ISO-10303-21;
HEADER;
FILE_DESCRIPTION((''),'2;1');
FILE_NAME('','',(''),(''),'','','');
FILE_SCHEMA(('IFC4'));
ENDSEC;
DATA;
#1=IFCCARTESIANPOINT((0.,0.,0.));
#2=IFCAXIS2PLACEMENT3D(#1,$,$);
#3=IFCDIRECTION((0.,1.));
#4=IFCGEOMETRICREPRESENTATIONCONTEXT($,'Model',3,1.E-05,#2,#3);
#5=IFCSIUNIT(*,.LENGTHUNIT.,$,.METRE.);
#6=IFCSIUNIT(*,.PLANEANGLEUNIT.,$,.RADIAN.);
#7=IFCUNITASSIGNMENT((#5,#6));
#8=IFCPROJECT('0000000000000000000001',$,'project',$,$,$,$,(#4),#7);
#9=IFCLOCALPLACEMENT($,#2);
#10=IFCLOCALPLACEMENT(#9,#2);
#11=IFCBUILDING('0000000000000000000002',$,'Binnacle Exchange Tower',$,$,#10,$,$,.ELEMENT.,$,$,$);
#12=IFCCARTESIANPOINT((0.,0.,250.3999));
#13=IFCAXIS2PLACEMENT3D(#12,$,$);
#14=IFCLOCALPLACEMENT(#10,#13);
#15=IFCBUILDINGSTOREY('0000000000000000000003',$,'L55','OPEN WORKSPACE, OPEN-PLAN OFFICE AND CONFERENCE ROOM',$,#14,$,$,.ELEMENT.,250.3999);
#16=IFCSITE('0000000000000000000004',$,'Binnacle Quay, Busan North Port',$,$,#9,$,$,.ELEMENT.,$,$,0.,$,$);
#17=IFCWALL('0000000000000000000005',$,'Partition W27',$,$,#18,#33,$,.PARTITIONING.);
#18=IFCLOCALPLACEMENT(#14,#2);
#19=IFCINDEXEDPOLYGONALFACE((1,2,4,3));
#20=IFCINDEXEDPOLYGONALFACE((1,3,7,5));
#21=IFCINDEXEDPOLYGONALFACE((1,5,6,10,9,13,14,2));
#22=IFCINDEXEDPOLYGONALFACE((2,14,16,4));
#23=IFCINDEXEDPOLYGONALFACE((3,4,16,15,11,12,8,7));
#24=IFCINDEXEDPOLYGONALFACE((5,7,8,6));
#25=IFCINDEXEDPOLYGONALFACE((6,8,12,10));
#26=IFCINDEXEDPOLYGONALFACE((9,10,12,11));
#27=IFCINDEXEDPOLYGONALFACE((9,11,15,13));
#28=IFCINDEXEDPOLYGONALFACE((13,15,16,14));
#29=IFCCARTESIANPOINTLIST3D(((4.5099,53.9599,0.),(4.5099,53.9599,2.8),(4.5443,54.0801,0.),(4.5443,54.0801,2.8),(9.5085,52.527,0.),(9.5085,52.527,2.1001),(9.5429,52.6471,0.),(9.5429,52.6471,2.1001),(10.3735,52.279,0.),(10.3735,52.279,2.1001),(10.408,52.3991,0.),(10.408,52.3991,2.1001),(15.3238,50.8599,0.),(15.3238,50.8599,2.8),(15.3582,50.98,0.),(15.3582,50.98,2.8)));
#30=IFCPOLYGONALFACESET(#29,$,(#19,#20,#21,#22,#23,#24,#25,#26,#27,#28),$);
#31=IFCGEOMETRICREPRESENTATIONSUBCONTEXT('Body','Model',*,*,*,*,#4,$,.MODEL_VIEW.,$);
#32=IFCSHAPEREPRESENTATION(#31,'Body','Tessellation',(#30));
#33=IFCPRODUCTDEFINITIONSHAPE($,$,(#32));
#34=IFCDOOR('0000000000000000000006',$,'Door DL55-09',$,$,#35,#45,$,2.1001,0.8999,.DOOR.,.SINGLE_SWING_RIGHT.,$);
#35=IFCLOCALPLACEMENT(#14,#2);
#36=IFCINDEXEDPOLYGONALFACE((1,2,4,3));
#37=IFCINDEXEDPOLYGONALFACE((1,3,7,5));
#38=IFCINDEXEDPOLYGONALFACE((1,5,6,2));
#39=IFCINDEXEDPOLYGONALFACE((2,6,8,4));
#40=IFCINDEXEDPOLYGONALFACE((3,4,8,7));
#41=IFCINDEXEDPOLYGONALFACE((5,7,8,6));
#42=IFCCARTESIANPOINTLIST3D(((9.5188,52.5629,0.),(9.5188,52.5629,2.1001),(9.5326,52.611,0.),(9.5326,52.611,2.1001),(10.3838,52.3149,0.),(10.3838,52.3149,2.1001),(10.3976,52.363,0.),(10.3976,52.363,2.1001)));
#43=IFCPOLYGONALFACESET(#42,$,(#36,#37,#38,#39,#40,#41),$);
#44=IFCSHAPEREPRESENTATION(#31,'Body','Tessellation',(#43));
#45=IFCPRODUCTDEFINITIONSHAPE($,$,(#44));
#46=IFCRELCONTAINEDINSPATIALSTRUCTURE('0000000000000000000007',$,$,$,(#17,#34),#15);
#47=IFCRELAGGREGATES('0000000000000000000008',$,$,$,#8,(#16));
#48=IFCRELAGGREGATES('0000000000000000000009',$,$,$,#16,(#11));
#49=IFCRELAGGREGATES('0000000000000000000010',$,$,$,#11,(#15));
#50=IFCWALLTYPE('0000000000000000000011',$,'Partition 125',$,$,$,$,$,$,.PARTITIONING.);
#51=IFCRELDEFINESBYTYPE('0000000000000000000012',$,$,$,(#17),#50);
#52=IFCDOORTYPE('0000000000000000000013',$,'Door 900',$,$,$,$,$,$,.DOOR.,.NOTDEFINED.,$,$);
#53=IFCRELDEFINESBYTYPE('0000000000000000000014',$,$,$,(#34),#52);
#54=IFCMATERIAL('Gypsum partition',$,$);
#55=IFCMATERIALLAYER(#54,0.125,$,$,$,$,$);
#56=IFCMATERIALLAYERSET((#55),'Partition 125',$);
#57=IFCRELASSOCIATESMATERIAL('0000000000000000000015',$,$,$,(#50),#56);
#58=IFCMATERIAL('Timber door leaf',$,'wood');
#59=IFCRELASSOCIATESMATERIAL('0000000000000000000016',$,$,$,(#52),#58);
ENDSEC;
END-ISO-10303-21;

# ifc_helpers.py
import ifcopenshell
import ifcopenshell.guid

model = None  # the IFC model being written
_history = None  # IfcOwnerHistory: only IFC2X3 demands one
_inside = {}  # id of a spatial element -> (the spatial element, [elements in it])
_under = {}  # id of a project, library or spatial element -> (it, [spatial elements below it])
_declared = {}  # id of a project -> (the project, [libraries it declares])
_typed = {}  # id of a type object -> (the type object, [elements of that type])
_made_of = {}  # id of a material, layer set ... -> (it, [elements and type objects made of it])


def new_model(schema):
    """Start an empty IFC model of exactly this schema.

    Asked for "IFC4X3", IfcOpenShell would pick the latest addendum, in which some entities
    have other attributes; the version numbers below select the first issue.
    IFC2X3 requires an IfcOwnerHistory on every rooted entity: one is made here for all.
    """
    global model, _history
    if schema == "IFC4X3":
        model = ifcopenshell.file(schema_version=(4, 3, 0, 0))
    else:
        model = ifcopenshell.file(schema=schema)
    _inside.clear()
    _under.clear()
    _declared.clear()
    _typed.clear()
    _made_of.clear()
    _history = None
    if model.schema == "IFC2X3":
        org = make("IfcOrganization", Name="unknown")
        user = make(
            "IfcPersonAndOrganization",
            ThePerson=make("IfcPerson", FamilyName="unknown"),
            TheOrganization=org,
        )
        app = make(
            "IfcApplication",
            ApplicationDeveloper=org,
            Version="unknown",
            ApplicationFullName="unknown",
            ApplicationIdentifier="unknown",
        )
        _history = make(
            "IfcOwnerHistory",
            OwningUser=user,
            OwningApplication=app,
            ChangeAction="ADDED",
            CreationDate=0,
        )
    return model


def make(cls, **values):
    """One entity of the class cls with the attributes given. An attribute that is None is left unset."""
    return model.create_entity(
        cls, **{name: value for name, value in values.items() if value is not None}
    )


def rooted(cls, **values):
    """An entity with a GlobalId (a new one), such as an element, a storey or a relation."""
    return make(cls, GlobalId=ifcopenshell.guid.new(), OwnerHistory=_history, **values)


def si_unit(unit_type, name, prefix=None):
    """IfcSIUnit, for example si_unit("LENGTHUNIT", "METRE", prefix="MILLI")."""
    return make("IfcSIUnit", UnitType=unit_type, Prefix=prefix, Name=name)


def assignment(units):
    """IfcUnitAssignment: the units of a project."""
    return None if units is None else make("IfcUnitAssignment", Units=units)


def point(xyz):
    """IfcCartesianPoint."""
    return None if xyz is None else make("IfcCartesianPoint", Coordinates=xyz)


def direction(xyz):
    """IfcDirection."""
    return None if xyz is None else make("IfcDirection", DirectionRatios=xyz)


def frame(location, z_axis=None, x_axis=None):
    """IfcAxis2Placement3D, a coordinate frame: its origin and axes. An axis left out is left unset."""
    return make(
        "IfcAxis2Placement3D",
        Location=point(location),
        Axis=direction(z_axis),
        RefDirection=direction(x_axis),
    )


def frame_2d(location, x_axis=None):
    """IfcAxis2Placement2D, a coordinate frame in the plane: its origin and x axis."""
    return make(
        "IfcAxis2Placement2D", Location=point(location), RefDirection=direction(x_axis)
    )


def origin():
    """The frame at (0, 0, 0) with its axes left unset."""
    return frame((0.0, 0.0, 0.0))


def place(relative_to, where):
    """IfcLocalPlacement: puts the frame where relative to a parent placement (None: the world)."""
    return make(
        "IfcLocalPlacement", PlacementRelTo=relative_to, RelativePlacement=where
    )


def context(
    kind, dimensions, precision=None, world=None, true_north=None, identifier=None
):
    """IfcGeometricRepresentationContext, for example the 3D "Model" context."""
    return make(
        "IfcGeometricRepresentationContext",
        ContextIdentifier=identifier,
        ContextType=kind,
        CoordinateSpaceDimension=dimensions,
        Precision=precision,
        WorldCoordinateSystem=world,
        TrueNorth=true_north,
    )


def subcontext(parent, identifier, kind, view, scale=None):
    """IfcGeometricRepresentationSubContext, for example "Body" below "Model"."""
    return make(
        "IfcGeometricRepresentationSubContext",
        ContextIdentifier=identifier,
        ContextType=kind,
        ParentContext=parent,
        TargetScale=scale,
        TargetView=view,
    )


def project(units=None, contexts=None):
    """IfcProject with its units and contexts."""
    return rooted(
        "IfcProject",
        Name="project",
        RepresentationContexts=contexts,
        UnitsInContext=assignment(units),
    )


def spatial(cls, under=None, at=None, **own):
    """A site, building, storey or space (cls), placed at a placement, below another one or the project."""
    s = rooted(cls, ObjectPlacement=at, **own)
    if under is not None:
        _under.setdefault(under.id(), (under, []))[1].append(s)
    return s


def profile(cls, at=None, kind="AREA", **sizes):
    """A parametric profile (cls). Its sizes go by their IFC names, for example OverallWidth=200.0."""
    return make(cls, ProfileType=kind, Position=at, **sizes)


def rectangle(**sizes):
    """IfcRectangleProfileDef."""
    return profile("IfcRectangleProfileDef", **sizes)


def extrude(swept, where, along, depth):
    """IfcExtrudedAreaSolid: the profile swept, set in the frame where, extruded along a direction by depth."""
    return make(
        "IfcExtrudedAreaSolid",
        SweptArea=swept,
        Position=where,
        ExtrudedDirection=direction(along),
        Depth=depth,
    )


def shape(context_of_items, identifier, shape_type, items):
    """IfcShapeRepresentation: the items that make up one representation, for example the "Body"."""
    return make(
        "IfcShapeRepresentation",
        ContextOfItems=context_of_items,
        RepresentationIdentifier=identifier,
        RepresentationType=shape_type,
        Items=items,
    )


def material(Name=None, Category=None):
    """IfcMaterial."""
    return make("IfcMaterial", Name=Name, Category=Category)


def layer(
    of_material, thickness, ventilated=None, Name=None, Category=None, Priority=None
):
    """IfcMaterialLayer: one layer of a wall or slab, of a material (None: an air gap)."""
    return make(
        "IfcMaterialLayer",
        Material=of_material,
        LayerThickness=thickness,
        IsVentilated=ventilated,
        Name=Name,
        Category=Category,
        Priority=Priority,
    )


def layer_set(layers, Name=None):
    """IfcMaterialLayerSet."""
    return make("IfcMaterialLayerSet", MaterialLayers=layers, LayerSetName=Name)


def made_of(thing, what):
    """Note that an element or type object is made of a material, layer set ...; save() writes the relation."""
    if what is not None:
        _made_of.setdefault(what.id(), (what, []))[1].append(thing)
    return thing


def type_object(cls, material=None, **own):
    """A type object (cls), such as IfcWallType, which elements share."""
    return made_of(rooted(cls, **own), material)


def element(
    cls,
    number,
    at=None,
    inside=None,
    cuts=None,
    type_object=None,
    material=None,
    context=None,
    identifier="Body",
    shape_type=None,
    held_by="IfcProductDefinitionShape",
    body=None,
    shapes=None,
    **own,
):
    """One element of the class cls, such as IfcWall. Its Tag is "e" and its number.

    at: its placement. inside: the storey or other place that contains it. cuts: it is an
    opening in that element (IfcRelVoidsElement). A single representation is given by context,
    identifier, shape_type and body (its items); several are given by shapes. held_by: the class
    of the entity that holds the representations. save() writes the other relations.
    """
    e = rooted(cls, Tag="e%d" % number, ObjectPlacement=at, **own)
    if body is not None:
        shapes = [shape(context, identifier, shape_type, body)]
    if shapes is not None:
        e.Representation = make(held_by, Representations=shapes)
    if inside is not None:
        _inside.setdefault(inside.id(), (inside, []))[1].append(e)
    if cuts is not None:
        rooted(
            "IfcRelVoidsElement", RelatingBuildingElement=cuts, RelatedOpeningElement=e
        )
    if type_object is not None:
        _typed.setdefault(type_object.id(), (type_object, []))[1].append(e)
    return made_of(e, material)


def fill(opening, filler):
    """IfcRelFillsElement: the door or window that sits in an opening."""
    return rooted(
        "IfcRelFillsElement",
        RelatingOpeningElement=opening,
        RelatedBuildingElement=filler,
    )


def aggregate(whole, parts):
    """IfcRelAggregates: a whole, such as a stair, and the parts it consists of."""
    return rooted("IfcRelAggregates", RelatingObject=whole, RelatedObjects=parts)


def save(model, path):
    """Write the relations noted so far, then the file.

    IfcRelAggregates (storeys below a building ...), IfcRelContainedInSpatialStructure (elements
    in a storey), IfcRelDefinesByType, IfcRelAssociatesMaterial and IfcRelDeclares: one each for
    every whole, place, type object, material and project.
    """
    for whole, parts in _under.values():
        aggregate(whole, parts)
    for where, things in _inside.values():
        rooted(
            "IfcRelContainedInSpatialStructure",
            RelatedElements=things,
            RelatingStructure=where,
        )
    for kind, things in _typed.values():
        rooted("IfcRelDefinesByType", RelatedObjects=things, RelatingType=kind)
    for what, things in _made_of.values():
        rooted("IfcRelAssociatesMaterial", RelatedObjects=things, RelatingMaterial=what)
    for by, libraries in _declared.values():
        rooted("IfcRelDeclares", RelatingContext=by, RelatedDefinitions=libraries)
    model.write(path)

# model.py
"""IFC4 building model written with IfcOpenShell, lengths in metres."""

from ifc_helpers import new_model, si_unit, direction, frame, frame_2d, origin, place, context, subcontext, project, spatial, rectangle, extrude, material, layer, layer_set, type_object, element, fill, save


model = new_model("IFC4")

# Units and contexts
model_context = context("Model", 3, precision=1e-05, world=origin(), true_north=direction((0.0, 1.0)))
body_context = subcontext(model_context, "Body", "Model", "MODEL_VIEW")
ifc_project = project(units=[si_unit("LENGTHUNIT", "METRE"), si_unit("PLANEANGLEUNIT", "RADIAN")], contexts=[model_context])

# Site, building, storey
site_placement = place(None, origin())
site = spatial("IfcSite", under=ifc_project, at=site_placement, Name="Binnacle Quay, Busan North Port", CompositionType="ELEMENT", RefElevation=0.0)
building_placement = place(site_placement, origin())
building = spatial("IfcBuilding", under=site, at=building_placement, Name="Binnacle Exchange Tower", CompositionType="ELEMENT")
storey_placement = place(building_placement, frame((0.0, 0.0, 250.3999)))
storey = spatial("IfcBuildingStorey", under=building, at=storey_placement, Name="L55", Description="OPEN WORKSPACE, OPEN-PLAN OFFICE AND CONFERENCE ROOM", CompositionType="ELEMENT", Elevation=250.3999)

# Shared definitions
ifc_material_1 = material(Name="Gypsum partition")
ifc_layer_1 = layer(ifc_material_1, 0.125)
ifc_layer_set_1 = layer_set([ifc_layer_1], Name="Partition 125")
wall_type_1 = type_object("IfcWallType", Name="Partition 125", PredefinedType="PARTITIONING", material=ifc_layer_set_1)
ifc_material_2 = material(Name="Timber door leaf", Category="wood")
door_type = type_object("IfcDoorType", Name="Door 900", OperationType="NOTDEFINED", PredefinedType="DOOR", material=ifc_material_2)

# Wall, opening, door
wall_1_placement = place(storey_placement, frame((4.5271, 54.02, 0.0), z_axis=(0.0, 0.0, 1.0), x_axis=(0.96128, -0.275575, 0.0)))
wall_1 = element("IfcWall", 1, at=wall_1_placement, inside=storey, type_object=wall_type_1, Name="Partition W27", PredefinedType="PARTITIONING", context=body_context, shape_type="SweptSolid", body=[
    extrude(rectangle(XDim=11.2495, YDim=0.125, at=frame_2d((5.6248, 0.0))), origin(), (0.0, 0.0, 1.0), 2.8),
])
opening_1_placement = place(wall_1_placement, frame((5.2, 0.0, 0.0)))
opening_1 = element("IfcOpeningElement", 2, at=opening_1_placement, cuts=wall_1, PredefinedType="OPENING", context=body_context, shape_type="SweptSolid", body=[
    extrude(rectangle(XDim=0.8999, YDim=2.1001, at=frame_2d((0.45, 1.05))), frame((0.0, 0.0725, 0.0), z_axis=(0.0, -1.0, 0.0), x_axis=(1.0, 0.0, 0.0)), (0.0, 0.0, 1.0), 0.145),
])
door_1_placement = place(opening_1_placement, origin())
door_1 = element("IfcDoor", 3, at=door_1_placement, inside=storey, type_object=door_type, Name="Door DL55-09", OperationType="SINGLE_SWING_RIGHT", OverallHeight=2.1001, OverallWidth=0.8999, PredefinedType="DOOR", context=body_context, shape_type="SweptSolid", body=[
    extrude(rectangle(XDim=0.8999, YDim=2.1001, at=frame_2d((0.45, 1.05))), frame((0.0, 0.0249, 0.0), z_axis=(0.0, -1.0, 0.0), x_axis=(1.0, 0.0, 0.0)), (0.0, 0.0, 1.0), 0.05),
])
fill(opening_1, door_1)

save(model, "model.ifc")
